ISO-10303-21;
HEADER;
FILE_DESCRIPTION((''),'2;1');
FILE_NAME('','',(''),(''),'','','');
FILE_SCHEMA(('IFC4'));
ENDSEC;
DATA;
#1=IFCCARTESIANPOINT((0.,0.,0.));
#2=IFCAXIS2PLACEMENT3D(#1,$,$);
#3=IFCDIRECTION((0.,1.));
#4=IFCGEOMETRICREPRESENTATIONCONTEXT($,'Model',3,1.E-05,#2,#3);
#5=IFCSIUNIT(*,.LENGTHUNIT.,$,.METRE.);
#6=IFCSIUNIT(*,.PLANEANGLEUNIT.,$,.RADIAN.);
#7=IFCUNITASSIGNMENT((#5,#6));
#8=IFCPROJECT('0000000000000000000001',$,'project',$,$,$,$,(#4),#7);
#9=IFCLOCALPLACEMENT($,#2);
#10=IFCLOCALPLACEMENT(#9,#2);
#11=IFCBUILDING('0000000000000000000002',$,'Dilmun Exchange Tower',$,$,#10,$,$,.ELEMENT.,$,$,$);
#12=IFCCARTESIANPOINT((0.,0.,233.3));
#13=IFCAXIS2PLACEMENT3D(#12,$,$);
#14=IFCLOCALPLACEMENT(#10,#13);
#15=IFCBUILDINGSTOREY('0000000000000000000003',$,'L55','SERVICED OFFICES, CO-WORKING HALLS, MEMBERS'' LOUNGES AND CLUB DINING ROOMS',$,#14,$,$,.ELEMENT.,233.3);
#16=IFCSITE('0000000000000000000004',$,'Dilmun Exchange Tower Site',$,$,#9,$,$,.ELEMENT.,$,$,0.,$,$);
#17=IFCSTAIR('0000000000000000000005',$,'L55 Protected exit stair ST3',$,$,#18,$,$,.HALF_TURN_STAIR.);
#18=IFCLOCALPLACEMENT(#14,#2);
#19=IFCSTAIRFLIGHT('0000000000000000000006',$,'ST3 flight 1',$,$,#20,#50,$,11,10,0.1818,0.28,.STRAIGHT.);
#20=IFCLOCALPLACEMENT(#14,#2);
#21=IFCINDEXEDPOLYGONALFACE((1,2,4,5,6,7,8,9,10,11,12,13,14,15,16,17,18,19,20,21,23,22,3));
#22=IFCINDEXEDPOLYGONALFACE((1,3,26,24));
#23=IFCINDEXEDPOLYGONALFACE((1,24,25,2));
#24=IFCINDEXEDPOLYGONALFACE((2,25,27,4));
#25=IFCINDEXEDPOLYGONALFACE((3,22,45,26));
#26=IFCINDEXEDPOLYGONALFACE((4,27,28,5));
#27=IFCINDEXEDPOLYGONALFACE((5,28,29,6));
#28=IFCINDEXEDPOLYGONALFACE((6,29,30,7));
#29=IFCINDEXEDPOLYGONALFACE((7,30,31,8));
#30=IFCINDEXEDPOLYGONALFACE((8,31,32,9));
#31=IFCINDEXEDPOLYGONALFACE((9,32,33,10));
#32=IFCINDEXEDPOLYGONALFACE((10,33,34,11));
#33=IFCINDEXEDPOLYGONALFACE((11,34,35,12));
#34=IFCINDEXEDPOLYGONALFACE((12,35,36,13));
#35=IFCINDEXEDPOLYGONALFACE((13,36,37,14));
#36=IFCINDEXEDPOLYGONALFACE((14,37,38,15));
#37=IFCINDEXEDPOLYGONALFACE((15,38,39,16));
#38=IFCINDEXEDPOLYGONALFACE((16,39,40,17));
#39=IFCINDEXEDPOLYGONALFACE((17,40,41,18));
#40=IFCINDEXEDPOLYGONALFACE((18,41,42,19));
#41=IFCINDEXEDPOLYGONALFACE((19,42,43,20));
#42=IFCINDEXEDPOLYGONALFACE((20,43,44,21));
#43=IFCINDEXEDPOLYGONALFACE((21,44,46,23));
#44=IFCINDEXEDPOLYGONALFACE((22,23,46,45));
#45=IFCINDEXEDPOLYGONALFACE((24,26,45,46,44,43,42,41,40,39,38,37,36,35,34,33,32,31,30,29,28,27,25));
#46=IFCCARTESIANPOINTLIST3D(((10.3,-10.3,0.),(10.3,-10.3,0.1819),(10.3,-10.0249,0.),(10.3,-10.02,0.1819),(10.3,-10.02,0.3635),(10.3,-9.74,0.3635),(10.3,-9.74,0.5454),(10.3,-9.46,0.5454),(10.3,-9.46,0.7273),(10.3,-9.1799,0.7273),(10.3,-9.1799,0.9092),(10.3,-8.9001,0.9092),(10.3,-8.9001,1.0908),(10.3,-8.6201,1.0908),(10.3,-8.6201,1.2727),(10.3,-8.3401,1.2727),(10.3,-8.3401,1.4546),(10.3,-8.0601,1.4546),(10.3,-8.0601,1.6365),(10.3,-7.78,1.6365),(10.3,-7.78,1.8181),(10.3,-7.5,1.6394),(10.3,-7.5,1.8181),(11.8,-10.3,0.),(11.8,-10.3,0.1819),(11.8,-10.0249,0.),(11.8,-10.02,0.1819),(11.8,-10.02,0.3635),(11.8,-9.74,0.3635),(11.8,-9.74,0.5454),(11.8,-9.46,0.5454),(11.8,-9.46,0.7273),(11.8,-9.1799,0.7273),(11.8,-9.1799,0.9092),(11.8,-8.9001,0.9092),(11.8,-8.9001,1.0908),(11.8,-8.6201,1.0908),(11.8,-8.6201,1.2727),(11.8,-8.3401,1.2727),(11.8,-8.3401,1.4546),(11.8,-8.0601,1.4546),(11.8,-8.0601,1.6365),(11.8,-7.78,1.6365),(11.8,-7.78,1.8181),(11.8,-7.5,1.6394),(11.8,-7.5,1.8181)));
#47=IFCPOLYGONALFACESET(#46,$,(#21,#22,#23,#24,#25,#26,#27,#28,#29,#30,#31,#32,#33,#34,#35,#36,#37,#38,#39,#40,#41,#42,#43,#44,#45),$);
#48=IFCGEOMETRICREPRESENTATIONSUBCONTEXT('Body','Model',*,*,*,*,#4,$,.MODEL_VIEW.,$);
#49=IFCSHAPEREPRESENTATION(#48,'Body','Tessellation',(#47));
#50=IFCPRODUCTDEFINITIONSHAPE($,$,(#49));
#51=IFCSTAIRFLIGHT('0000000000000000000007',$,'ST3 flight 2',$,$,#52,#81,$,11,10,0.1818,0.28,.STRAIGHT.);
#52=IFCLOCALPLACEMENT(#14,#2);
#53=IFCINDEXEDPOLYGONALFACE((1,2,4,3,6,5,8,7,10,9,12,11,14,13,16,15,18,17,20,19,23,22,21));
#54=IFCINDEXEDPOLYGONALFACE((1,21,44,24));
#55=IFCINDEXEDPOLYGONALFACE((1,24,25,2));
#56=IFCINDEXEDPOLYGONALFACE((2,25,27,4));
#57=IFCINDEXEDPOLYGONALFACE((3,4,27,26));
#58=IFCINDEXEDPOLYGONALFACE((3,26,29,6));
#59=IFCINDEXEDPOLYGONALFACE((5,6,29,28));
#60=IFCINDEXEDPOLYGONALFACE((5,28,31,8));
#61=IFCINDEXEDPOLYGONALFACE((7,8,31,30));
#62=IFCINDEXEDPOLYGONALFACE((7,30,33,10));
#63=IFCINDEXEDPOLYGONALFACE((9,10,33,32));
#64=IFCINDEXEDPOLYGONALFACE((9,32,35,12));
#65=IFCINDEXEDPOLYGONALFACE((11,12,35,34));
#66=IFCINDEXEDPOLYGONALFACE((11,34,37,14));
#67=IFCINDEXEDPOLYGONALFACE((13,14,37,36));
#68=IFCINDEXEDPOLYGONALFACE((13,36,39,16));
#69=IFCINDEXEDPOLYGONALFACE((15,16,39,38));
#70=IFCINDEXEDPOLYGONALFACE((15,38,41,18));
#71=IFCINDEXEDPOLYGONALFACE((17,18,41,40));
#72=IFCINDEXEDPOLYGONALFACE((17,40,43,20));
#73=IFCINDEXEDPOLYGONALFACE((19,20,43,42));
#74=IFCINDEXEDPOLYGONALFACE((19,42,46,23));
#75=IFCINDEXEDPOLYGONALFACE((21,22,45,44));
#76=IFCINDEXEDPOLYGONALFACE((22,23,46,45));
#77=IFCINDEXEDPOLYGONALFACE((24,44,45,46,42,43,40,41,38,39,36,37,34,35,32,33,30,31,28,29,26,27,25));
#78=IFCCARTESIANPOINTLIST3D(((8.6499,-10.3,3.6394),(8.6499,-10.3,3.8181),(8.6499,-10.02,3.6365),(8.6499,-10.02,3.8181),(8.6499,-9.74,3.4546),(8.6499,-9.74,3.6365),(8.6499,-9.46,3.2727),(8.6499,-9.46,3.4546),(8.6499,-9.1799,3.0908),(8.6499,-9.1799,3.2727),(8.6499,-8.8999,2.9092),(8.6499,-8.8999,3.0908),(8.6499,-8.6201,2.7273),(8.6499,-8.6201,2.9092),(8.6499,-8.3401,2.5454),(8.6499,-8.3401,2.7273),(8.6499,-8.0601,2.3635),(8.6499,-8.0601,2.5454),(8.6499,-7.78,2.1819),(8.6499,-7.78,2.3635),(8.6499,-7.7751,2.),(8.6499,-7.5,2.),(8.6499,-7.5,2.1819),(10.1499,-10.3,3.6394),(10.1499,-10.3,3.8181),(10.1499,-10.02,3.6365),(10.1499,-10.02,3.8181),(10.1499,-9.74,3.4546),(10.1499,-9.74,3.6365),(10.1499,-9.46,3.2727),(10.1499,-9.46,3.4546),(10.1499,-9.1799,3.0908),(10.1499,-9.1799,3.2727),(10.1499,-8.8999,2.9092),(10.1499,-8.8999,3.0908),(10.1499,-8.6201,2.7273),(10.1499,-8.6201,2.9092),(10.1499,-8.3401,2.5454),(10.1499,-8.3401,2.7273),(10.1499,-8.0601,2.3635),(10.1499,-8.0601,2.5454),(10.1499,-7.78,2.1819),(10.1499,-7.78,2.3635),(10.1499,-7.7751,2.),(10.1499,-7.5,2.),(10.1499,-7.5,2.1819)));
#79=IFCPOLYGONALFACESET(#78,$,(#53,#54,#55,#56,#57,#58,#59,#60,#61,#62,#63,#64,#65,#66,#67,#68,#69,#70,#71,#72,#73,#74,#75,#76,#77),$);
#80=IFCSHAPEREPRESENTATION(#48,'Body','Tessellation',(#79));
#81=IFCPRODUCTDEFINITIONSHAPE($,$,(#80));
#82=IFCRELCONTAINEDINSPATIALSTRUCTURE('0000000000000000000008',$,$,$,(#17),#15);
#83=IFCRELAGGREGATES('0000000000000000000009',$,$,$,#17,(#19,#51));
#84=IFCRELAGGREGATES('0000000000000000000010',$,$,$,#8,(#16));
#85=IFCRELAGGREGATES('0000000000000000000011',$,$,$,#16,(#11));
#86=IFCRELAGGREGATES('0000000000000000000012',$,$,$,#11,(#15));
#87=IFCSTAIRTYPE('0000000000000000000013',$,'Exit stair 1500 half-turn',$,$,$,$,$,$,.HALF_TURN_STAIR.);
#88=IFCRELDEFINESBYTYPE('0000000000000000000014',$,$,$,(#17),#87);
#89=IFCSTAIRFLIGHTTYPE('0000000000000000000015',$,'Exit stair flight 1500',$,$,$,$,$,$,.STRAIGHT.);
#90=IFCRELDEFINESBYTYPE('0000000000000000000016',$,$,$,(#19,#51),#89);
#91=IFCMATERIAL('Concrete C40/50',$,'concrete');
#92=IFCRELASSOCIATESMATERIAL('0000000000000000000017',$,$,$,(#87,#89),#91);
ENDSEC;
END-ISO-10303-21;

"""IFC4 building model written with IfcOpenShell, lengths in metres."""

from ifc_helpers import new_model, si_unit, direction, frame, origin, place, context, subcontext, project, spatial, polyline, outline, extrude, material, type_object, element, aggregate, save


model = new_model("IFC4")

# Units and contexts
model_context = context("Model", 3, precision=1e-05, world=origin(), true_north=direction((0.0, 1.0)))
body_context = subcontext(model_context, "Body", "Model", "MODEL_VIEW")
ifc_project = project(units=[si_unit("LENGTHUNIT", "METRE"), si_unit("PLANEANGLEUNIT", "RADIAN")], contexts=[model_context])

# Site, building, storey
site_placement = place(None, origin())
site = spatial("IfcSite", under=ifc_project, at=site_placement, Name="Dilmun Exchange Tower Site", CompositionType="ELEMENT", RefElevation=0.0)
building_placement = place(site_placement, origin())
building = spatial("IfcBuilding", under=site, at=building_placement, Name="Dilmun Exchange Tower", CompositionType="ELEMENT")
storey_placement = place(building_placement, frame((0.0, 0.0, 233.3)))
storey = spatial("IfcBuildingStorey", under=building, at=storey_placement, Name="L55", Description="SERVICED OFFICES, CO-WORKING HALLS, MEMBERS' LOUNGES AND CLUB DINING ROOMS", CompositionType="ELEMENT", Elevation=233.3)

# Shared definitions
ifc_material_1 = material(Name="Concrete C40/50", Category="concrete")

# Stair, stair flights
stair_type = type_object("IfcStairType", Name="Exit stair 1500 half-turn", PredefinedType="HALF_TURN_STAIR", material=ifc_material_1)
stair_placement = place(storey_placement, origin())
stair = element("IfcStair", 1, at=stair_placement, inside=storey, type_object=stair_type, Name="L55 Protected exit stair ST3", PredefinedType="HALF_TURN_STAIR")
stair_flight_type = type_object("IfcStairFlightType", Name="Exit stair flight 1500", PredefinedType="STRAIGHT", material=ifc_material_1)
stair_flight_1_placement = place(storey_placement, frame((11.05, -10.3, 0.0), z_axis=(0.0, 0.0, 1.0), x_axis=(0.0, 1.0, 0.0)))
stair_flight_1 = element("IfcStairFlight", 2, at=stair_flight_1_placement, type_object=stair_flight_type, Name="ST3 flight 1", NumberOfRisers=11, NumberOfTreads=10, PredefinedType="STRAIGHT", RiserHeight=0.1818, TreadLength=0.28, context=body_context, shape_type="SweptSolid", body=[
    extrude(outline(polyline([(0.0, 0.0), (0.0, 0.1819), (0.28, 0.1819), (0.28, 0.3635), (0.5601, 0.3635), (0.5601, 0.5454), (0.8401, 0.5454), (0.8401, 0.7273), (1.1201, 0.7273), (1.1201, 0.9092), (1.3999, 0.9092), (1.3999, 1.0908), (1.6799, 1.0908), (1.6799, 1.2727), (1.96, 1.2727), (1.96, 1.4546), (2.24, 1.4546), (2.24, 1.6365), (2.52, 1.6365), (2.52, 1.8181), (2.8, 1.8181), (2.8, 2.0), (2.8, 1.6394), (0.2751, 0.0), (0.0, 0.0)])), frame((0.0, 0.75, 0.0), z_axis=(0.0, -1.0, 0.0), x_axis=(1.0, 0.0, 0.0)), (0.0, 0.0, 1.0), 1.5),
])
stair_flight_2_placement = place(storey_placement, frame((9.3999, -7.5, 2.0), z_axis=(0.0, 0.0, 1.0), x_axis=(0.0, -1.0, 0.0)))
stair_flight_2 = element("IfcStairFlight", 3, at=stair_flight_2_placement, type_object=stair_flight_type, Name="ST3 flight 2", NumberOfRisers=11, NumberOfTreads=10, PredefinedType="STRAIGHT", RiserHeight=0.1818, TreadLength=0.28, context=body_context, shape_type="SweptSolid", body=[
    extrude(outline(polyline([(0.0, 0.0), (0.0, 0.1819), (0.28, 0.1819), (0.28, 0.3635), (0.5601, 0.3635), (0.5601, 0.5454), (0.8401, 0.5454), (0.8401, 0.7273), (1.1201, 0.7273), (1.1201, 0.9092), (1.3999, 0.9092), (1.3999, 1.0908), (1.6799, 1.0908), (1.6799, 1.2727), (1.96, 1.2727), (1.96, 1.4546), (2.24, 1.4546), (2.24, 1.6365), (2.52, 1.6365), (2.52, 1.8181), (2.8, 1.8181), (2.8, 2.0), (2.8, 1.6394), (0.2751, 0.0), (0.0, 0.0)])), frame((0.0, 0.75, 0.0), z_axis=(0.0, -1.0, 0.0), x_axis=(1.0, 0.0, 0.0)), (0.0, 0.0, 1.0), 1.5),
])
aggregate(stair, [stair_flight_1, stair_flight_2])

save(model, "model.ifc")
